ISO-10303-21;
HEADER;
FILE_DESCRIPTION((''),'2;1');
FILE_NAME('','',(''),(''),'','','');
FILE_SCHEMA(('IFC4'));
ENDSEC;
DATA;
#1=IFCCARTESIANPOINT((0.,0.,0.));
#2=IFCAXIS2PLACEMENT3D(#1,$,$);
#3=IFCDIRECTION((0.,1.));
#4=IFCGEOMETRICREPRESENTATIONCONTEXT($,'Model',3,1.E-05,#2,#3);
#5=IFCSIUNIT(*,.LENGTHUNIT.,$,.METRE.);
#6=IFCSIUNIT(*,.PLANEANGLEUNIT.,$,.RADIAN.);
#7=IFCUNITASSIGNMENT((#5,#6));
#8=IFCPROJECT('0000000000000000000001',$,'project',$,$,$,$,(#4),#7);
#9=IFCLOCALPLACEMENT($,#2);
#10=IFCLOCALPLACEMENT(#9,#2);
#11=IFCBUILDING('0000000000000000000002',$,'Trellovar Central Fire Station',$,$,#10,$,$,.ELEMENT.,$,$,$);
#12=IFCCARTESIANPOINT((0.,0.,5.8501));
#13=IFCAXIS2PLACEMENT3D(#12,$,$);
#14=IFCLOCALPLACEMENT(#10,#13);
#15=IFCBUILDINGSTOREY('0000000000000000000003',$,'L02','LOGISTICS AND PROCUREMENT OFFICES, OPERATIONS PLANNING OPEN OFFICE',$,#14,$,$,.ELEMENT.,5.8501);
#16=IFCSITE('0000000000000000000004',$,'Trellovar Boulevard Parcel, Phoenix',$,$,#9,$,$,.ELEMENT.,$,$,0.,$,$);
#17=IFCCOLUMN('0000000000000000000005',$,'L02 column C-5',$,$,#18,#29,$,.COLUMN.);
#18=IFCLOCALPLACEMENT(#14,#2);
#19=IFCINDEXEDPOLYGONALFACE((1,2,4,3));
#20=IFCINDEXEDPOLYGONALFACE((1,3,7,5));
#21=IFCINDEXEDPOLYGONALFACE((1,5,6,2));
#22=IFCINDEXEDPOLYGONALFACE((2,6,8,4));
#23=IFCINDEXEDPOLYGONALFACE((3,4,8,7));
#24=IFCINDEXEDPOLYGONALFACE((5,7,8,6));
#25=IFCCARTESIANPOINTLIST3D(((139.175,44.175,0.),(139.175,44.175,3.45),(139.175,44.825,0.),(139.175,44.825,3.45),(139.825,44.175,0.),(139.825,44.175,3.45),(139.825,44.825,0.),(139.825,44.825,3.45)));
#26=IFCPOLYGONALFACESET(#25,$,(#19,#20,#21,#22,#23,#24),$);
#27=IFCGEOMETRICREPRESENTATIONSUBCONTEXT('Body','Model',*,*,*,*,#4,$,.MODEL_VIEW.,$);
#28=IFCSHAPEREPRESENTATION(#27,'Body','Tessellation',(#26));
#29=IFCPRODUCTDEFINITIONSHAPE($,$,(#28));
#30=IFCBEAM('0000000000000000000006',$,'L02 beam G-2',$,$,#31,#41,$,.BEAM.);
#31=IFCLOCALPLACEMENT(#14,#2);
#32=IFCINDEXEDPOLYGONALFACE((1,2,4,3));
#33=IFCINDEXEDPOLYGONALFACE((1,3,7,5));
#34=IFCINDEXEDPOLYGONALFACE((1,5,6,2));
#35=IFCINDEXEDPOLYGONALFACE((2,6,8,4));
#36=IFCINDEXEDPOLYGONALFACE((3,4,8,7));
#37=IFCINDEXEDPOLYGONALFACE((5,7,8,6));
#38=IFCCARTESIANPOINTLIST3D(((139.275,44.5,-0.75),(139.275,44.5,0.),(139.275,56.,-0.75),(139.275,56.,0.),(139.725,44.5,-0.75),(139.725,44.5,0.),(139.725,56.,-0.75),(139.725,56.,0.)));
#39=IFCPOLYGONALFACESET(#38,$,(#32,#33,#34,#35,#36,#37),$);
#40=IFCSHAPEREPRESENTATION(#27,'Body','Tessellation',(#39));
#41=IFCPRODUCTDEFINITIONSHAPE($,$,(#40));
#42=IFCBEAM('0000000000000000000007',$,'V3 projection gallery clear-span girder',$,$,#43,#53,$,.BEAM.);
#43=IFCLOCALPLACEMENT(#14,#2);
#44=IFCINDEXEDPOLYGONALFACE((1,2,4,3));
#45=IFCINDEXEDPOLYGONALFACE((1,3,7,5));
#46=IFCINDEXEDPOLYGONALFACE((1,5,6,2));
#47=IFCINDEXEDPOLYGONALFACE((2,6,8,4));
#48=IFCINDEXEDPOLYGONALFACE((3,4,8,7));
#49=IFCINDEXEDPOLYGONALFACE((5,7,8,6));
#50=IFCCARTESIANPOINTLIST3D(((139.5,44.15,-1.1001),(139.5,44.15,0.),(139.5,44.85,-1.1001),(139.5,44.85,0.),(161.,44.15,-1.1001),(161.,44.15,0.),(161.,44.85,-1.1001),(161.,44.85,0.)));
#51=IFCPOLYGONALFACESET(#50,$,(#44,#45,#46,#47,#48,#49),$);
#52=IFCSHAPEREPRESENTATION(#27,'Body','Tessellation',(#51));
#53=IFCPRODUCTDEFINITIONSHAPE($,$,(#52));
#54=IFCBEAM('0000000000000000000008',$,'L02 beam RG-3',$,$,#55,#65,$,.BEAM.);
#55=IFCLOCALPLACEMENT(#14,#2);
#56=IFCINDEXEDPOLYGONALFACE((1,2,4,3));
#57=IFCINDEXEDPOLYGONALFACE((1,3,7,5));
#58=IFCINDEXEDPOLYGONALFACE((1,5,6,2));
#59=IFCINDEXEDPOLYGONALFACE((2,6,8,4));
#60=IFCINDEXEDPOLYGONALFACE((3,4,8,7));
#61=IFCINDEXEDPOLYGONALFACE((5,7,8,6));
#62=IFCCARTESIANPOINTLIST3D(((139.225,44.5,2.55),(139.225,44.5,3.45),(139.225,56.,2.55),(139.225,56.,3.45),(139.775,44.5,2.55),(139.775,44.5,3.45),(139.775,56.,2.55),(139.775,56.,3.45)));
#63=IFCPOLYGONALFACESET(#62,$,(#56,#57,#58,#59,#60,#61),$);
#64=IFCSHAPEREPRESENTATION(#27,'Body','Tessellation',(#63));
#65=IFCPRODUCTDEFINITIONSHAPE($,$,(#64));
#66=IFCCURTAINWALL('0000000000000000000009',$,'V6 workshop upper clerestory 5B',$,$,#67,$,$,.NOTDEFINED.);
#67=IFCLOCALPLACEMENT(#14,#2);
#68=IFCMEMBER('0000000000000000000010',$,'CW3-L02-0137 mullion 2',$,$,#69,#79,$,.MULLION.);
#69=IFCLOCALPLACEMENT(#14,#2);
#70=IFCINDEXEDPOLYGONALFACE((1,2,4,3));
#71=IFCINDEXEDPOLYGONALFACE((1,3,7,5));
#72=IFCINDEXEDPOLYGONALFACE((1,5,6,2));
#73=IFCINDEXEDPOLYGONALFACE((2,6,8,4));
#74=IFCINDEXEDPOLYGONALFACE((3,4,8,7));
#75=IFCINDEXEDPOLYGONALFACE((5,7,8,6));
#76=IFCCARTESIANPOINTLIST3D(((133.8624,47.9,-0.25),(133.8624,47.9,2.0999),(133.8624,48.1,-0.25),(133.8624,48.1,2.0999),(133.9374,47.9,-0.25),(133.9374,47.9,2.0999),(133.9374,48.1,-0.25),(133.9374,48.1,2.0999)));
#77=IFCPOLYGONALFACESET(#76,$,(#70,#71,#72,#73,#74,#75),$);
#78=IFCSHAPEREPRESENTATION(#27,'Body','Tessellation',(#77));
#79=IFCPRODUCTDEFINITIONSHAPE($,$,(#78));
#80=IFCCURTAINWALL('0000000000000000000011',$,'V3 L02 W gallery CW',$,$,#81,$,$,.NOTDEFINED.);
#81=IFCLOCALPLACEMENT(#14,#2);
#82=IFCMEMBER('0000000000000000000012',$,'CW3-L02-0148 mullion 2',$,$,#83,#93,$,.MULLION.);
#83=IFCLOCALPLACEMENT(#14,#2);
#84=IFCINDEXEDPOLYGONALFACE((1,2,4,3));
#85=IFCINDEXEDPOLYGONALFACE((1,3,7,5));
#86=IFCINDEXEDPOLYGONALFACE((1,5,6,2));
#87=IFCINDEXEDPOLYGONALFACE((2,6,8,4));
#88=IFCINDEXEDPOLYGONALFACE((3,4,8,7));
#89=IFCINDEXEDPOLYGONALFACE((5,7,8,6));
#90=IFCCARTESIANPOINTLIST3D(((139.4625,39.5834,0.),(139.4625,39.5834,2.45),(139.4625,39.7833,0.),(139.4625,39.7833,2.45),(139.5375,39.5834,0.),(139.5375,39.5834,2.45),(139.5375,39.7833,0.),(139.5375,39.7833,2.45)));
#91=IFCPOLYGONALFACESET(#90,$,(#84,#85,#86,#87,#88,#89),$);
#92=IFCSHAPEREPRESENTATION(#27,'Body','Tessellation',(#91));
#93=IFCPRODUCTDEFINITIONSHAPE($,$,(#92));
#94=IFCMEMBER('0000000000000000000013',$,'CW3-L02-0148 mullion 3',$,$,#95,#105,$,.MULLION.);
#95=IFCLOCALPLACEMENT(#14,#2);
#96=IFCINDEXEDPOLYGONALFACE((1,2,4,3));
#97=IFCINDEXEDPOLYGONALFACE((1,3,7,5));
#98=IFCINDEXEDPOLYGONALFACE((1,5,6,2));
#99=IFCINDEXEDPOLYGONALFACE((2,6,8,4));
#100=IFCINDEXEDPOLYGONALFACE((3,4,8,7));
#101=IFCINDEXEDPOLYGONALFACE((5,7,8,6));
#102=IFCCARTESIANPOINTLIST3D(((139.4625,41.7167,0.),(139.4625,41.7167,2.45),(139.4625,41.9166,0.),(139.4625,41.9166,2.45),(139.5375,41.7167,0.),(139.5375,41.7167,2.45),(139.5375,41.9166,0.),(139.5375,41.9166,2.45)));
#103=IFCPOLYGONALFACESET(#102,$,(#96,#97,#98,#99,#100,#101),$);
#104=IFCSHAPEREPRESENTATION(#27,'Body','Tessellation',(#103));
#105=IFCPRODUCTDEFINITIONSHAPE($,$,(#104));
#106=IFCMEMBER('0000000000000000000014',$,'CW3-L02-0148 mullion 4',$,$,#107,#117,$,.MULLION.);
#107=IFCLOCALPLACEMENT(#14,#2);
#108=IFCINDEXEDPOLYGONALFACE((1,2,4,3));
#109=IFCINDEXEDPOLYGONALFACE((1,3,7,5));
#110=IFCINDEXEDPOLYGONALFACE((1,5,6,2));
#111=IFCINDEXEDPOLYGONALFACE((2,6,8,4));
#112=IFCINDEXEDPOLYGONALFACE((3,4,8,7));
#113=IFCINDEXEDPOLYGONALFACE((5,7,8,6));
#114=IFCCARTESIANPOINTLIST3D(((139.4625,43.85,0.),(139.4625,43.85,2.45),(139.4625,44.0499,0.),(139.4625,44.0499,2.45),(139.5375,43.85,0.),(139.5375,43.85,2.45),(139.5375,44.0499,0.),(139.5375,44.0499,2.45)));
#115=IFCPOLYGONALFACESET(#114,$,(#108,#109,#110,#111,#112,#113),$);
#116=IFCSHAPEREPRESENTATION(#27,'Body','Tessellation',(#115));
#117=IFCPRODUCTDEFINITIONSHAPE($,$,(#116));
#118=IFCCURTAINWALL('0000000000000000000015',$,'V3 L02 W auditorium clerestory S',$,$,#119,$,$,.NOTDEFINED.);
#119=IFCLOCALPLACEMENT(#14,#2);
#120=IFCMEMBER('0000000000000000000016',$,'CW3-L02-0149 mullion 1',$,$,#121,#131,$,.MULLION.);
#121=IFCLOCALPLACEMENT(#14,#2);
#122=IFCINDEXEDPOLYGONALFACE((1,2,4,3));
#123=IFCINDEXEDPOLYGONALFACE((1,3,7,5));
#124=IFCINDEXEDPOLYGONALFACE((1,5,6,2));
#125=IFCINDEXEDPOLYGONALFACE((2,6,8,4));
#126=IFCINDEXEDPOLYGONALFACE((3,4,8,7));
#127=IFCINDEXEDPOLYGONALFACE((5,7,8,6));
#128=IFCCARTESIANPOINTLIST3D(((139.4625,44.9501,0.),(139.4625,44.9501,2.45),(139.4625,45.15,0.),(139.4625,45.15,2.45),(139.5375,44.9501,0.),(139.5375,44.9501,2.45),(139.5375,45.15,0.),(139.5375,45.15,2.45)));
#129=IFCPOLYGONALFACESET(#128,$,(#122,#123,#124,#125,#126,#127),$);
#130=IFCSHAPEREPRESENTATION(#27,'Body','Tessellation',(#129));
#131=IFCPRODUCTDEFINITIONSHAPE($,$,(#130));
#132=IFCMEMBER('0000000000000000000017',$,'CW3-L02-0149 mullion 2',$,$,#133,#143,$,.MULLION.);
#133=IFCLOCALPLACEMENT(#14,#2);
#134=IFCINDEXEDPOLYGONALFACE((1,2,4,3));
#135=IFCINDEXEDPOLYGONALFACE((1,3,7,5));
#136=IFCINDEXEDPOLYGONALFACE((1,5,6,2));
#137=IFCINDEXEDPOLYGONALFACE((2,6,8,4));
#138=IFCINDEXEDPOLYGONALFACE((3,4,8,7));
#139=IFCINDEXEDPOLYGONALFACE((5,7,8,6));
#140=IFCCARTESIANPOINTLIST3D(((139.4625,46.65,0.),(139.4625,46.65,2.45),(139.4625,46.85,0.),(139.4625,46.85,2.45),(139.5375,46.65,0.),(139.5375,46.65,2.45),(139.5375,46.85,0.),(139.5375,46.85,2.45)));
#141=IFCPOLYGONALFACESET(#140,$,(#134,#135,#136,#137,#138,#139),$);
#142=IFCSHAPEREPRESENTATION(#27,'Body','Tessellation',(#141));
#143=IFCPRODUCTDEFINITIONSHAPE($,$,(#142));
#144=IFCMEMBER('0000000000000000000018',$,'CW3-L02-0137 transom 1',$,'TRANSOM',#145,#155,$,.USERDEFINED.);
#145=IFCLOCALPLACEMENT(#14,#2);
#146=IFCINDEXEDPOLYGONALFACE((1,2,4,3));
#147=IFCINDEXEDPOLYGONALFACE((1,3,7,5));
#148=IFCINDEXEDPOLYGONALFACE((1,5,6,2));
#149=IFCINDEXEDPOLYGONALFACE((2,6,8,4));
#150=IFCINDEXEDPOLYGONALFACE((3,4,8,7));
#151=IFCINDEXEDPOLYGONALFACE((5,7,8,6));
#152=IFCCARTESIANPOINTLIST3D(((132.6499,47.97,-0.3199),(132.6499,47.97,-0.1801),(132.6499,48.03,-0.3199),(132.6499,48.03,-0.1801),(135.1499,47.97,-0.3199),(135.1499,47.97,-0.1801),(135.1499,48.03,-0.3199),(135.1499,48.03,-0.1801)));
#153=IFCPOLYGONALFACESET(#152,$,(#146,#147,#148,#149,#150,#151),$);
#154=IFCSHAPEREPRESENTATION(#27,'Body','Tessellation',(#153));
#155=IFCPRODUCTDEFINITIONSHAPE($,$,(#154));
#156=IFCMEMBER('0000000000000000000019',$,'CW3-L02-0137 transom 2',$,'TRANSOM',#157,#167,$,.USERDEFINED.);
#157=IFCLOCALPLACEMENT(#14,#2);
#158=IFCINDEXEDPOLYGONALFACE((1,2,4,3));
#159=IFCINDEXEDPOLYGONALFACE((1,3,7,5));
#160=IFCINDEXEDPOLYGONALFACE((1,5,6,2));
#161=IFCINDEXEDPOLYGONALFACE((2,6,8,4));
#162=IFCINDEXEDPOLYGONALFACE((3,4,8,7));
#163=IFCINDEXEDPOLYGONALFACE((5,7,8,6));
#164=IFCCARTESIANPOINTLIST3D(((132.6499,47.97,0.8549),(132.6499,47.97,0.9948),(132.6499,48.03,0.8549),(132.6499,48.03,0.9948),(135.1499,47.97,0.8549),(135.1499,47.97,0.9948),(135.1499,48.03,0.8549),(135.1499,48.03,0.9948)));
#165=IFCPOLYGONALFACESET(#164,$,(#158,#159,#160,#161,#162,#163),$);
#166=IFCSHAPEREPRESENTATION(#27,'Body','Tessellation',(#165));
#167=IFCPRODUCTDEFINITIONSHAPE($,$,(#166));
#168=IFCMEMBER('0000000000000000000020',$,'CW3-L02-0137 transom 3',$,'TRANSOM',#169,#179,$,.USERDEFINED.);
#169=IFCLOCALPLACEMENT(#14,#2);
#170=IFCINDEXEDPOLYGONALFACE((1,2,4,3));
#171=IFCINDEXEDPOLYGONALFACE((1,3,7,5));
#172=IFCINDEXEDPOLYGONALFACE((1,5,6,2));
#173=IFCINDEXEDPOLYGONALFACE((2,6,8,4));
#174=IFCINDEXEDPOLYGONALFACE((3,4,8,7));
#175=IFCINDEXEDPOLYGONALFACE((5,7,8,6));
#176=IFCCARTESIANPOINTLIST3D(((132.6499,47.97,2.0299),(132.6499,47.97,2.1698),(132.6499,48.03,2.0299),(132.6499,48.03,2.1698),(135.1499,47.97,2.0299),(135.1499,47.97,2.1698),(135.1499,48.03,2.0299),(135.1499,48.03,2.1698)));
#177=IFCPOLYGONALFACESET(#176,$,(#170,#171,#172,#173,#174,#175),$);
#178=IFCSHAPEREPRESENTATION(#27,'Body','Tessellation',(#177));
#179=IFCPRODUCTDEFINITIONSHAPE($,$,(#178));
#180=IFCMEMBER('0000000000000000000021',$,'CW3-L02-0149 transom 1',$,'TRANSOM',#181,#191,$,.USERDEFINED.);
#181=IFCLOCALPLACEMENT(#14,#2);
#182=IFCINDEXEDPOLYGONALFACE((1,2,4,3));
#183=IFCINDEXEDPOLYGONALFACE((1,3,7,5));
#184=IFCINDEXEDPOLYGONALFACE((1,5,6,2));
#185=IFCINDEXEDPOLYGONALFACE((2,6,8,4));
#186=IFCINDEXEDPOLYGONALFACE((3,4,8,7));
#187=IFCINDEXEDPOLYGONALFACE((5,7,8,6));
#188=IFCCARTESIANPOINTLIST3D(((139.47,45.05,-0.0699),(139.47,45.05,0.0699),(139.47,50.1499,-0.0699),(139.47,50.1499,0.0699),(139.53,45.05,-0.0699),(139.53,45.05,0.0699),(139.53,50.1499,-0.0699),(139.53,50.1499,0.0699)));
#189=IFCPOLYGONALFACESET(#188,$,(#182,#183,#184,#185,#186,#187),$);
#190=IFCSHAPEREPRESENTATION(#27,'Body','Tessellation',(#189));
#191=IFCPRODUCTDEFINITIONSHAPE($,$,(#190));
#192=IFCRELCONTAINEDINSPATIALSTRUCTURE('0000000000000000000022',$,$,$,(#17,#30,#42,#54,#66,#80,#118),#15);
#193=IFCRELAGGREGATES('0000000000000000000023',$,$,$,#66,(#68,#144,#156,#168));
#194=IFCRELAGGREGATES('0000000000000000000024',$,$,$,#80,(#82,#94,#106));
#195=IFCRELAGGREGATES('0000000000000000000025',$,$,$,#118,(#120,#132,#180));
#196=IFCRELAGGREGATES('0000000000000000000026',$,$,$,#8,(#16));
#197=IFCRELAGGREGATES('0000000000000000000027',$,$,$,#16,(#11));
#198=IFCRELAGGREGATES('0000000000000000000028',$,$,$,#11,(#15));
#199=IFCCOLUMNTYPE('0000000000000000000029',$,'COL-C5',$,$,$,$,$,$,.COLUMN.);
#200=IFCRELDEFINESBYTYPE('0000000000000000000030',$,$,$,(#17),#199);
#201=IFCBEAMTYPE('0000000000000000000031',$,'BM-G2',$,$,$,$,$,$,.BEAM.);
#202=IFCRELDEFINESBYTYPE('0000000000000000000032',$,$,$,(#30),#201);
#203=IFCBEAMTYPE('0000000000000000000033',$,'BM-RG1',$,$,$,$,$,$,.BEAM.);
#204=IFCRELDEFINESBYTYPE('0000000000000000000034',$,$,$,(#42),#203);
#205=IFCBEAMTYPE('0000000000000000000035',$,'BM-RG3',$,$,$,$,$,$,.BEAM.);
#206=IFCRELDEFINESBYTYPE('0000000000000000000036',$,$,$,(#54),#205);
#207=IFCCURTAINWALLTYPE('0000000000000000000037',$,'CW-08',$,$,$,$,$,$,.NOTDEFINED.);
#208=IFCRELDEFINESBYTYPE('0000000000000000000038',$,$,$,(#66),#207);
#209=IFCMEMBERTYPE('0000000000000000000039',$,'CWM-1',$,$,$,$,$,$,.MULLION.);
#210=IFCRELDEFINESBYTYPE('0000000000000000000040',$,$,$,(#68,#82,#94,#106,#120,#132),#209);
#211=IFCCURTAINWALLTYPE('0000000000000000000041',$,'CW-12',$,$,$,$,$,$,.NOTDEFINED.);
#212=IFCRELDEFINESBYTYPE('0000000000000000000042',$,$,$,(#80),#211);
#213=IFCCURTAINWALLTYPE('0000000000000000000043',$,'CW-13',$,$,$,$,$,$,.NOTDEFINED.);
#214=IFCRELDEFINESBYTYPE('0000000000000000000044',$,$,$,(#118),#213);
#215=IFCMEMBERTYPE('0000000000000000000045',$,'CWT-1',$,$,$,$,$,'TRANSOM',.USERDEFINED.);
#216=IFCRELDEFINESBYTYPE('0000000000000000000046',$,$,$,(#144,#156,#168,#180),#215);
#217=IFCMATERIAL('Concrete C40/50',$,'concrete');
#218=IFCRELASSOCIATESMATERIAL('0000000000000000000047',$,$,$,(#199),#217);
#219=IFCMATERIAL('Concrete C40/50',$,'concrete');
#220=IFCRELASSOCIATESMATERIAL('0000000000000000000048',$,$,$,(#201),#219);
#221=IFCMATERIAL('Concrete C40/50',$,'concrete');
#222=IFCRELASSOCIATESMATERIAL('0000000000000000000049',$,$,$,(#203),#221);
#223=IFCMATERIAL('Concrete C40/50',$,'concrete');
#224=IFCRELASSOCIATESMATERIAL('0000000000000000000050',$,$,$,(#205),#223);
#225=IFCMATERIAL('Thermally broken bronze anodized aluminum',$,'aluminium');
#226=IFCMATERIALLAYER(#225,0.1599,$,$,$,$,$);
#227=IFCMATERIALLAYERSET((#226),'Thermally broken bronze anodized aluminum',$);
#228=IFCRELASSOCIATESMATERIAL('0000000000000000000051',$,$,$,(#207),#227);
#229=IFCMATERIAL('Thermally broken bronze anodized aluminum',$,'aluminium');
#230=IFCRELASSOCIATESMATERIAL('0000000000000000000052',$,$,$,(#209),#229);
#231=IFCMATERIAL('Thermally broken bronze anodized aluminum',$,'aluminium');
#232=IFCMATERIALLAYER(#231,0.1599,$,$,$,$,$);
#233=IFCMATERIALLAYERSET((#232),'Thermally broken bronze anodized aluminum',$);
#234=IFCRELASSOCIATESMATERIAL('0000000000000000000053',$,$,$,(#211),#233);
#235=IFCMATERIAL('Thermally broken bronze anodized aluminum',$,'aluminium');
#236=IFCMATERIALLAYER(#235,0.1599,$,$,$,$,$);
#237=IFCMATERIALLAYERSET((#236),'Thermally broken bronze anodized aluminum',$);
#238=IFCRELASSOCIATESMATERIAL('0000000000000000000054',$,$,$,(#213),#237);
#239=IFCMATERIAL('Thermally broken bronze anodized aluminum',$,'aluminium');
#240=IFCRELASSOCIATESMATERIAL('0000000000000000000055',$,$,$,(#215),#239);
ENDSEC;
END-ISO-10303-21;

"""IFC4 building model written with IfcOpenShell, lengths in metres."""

from ifc_helpers import new_model, si_unit, direction, frame, origin, origin_2d, place, context, subcontext, project, spatial, rectangle, extrude, material, layer, layer_set, material_profile, profile_set, type_object, element, aggregate, save


model = new_model("IFC4")

# Units and contexts
model_context = context("Model", 3, precision=1e-05, world=origin(), true_north=direction((0.0, 1.0)))
body_context = subcontext(model_context, "Body", "Model", "MODEL_VIEW")
ifc_project = project(units=[si_unit("LENGTHUNIT", "METRE"), si_unit("PLANEANGLEUNIT", "RADIAN")], contexts=[model_context])

# Site, building, storey
site_placement = place(None, origin())
site = spatial("IfcSite", under=ifc_project, at=site_placement, Name="Trellovar Boulevard Parcel, Phoenix", CompositionType="ELEMENT", RefElevation=0.0)
building_placement = place(site_placement, origin())
building = spatial("IfcBuilding", under=site, at=building_placement, Name="Trellovar Central Fire Station", CompositionType="ELEMENT")
storey_placement = place(building_placement, frame((0.0, 0.0, 5.8501)))
storey = spatial("IfcBuildingStorey", under=building, at=storey_placement, Name="L02", Description="LOGISTICS AND PROCUREMENT OFFICES, OPERATIONS PLANNING OPEN OFFICE", CompositionType="ELEMENT", Elevation=5.8501)

# Column
ifc_material_1 = material(Name="Concrete C40/50", Category="concrete")
ifc_material_profile_1 = material_profile(ifc_material_1, rectangle(XDim=0.6499, YDim=0.6499, at=origin_2d()), Name="RC650X650")
ifc_profile_set_1 = profile_set([ifc_material_profile_1], Name="Concrete C40/50")
column_type = type_object("IfcColumnType", Name="COL-C5", PredefinedType="COLUMN", material=ifc_profile_set_1)
column_placement = place(storey_placement, frame((139.5, 44.5, 0.0), z_axis=(0.0, 0.0, 1.0), x_axis=(1.0, 0.0, 0.0)))
element("IfcColumn", 1, at=column_placement, inside=storey, type_object=column_type, Name="L02 column C-5", PredefinedType="COLUMN", context=body_context, shape_type="SweptSolid", body=[
    extrude(rectangle(XDim=0.6499, YDim=0.6499, at=origin_2d()), origin(), (0.0, 0.0, 1.0), 3.45),
])

# Beams
ifc_material_2 = material(Name="Concrete C40/50", Category="concrete")
ifc_material_profile_2 = material_profile(ifc_material_2, rectangle(XDim=0.45, YDim=0.75, at=origin_2d()), Name="RC450X750")
ifc_profile_set_2 = profile_set([ifc_material_profile_2], Name="Concrete C40/50")
beam_type_1 = type_object("IfcBeamType", Name="BM-G2", PredefinedType="BEAM", material=ifc_profile_set_2)
beam_1_placement = place(storey_placement, frame((139.5, 44.5, -0.375), z_axis=(0.0, 1.0, 0.0), x_axis=(-1.0, 0.0, 0.0)))
element("IfcBeam", 2, at=beam_1_placement, inside=storey, type_object=beam_type_1, Name="L02 beam G-2", PredefinedType="BEAM", context=body_context, shape_type="SweptSolid", body=[
    extrude(rectangle(XDim=0.45, YDim=0.75, at=origin_2d()), origin(), (0.0, 0.0, 1.0), 11.5),
])
ifc_material_3 = material(Name="Concrete C40/50", Category="concrete")
ifc_material_profile_3 = material_profile(ifc_material_3, rectangle(XDim=0.7, YDim=1.1001, at=origin_2d()), Name="RC700X1100")
ifc_profile_set_3 = profile_set([ifc_material_profile_3], Name="Concrete C40/50")
beam_type_2 = type_object("IfcBeamType", Name="BM-RG1", PredefinedType="BEAM", material=ifc_profile_set_3)
beam_2_placement = place(storey_placement, frame((139.5, 44.5, -0.55), z_axis=(1.0, 0.0, 0.0), x_axis=(0.0, 1.0, 0.0)))
element("IfcBeam", 3, at=beam_2_placement, inside=storey, type_object=beam_type_2, Name="V3 projection gallery clear-span girder", PredefinedType="BEAM", context=body_context, shape_type="SweptSolid", body=[
    extrude(rectangle(XDim=0.7, YDim=1.1001, at=origin_2d()), origin(), (0.0, 0.0, 1.0), 21.5),
])
ifc_material_4 = material(Name="Concrete C40/50", Category="concrete")
ifc_material_profile_4 = material_profile(ifc_material_4, rectangle(XDim=0.55, YDim=0.8999, at=origin_2d()), Name="RC550X900")
ifc_profile_set_4 = profile_set([ifc_material_profile_4], Name="Concrete C40/50")
beam_type_3 = type_object("IfcBeamType", Name="BM-RG3", PredefinedType="BEAM", material=ifc_profile_set_4)
beam_3_placement = place(storey_placement, frame((139.5, 44.5, 3.0), z_axis=(0.0, 1.0, 0.0), x_axis=(-1.0, 0.0, 0.0)))
element("IfcBeam", 4, at=beam_3_placement, inside=storey, type_object=beam_type_3, Name="L02 beam RG-3", PredefinedType="BEAM", context=body_context, shape_type="SweptSolid", body=[
    extrude(rectangle(XDim=0.55, YDim=0.8999, at=origin_2d()), origin(), (0.0, 0.0, 1.0), 11.5),
])

# Curtain wall, member
ifc_material_5 = material(Name="Thermally broken bronze anodized aluminum", Category="aluminium")
ifc_layer_1 = layer(ifc_material_5, 0.1599)
ifc_layer_set_1 = layer_set([ifc_layer_1], Name="Thermally broken bronze anodized aluminum")
curtain_wall_type_1 = type_object("IfcCurtainWallType", Name="CW-08", PredefinedType="NOTDEFINED", material=ifc_layer_set_1)
curtain_wall_1_placement = place(storey_placement, origin())
curtain_wall_1 = element("IfcCurtainWall", 5, at=curtain_wall_1_placement, inside=storey, type_object=curtain_wall_type_1, Name="V6 workshop upper clerestory 5B", PredefinedType="NOTDEFINED")
ifc_material_6 = material(Name="Thermally broken bronze anodized aluminum", Category="aluminium")
ifc_material_profile_5 = material_profile(ifc_material_6, rectangle(XDim=0.075, YDim=0.2, at=origin_2d()), Name="ALU75X200")
ifc_profile_set_5 = profile_set([ifc_material_profile_5], Name="Thermally broken bronze anodized aluminum")
member_type_1 = type_object("IfcMemberType", Name="CWM-1", PredefinedType="MULLION", material=ifc_profile_set_5)
member_1_placement = place(storey_placement, frame((133.8999, 48.0, -0.25), z_axis=(0.0, 0.0, 1.0), x_axis=(1.0, 0.0, 0.0)))
member_1 = element("IfcMember", 6, at=member_1_placement, type_object=member_type_1, Name="CW3-L02-0137 mullion 2", PredefinedType="MULLION", context=body_context, shape_type="SweptSolid", body=[
    extrude(rectangle(XDim=0.075, YDim=0.2, at=origin_2d()), origin(), (0.0, 0.0, 1.0), 2.3499),
])

# Curtain walls, members
ifc_material_7 = material(Name="Thermally broken bronze anodized aluminum", Category="aluminium")
ifc_layer_2 = layer(ifc_material_7, 0.1599)
ifc_layer_set_2 = layer_set([ifc_layer_2], Name="Thermally broken bronze anodized aluminum")
curtain_wall_type_2 = type_object("IfcCurtainWallType", Name="CW-12", PredefinedType="NOTDEFINED", material=ifc_layer_set_2)
curtain_wall_2_placement = place(storey_placement, origin())
curtain_wall_2 = element("IfcCurtainWall", 7, at=curtain_wall_2_placement, inside=storey, type_object=curtain_wall_type_2, Name="V3 L02 W gallery CW", PredefinedType="NOTDEFINED")
member_2_placement = place(storey_placement, frame((139.5, 39.6833, 0.0), z_axis=(0.0, 0.0, 1.0), x_axis=(1.0, 0.0, 0.0)))
member_2 = element("IfcMember", 8, at=member_2_placement, type_object=member_type_1, Name="CW3-L02-0148 mullion 2", PredefinedType="MULLION", context=body_context, shape_type="SweptSolid", body=[
    extrude(rectangle(XDim=0.075, YDim=0.2, at=origin_2d()), origin(), (0.0, 0.0, 1.0), 2.45),
])
member_3_placement = place(storey_placement, frame((139.5, 41.8167, 0.0), z_axis=(0.0, 0.0, 1.0), x_axis=(1.0, 0.0, 0.0)))
member_3 = element("IfcMember", 9, at=member_3_placement, type_object=member_type_1, Name="CW3-L02-0148 mullion 3", PredefinedType="MULLION", context=body_context, shape_type="SweptSolid", body=[
    extrude(rectangle(XDim=0.075, YDim=0.2, at=origin_2d()), origin(), (0.0, 0.0, 1.0), 2.45),
])
member_4_placement = place(storey_placement, frame((139.5, 43.95, 0.0), z_axis=(0.0, 0.0, 1.0), x_axis=(1.0, 0.0, 0.0)))
member_4 = element("IfcMember", 10, at=member_4_placement, type_object=member_type_1, Name="CW3-L02-0148 mullion 4", PredefinedType="MULLION", context=body_context, shape_type="SweptSolid", body=[
    extrude(rectangle(XDim=0.075, YDim=0.2, at=origin_2d()), origin(), (0.0, 0.0, 1.0), 2.45),
])
ifc_material_8 = material(Name="Thermally broken bronze anodized aluminum", Category="aluminium")
ifc_layer_3 = layer(ifc_material_8, 0.1599)
ifc_layer_set_3 = layer_set([ifc_layer_3], Name="Thermally broken bronze anodized aluminum")
curtain_wall_type_3 = type_object("IfcCurtainWallType", Name="CW-13", PredefinedType="NOTDEFINED", material=ifc_layer_set_3)
curtain_wall_3_placement = place(storey_placement, origin())
curtain_wall_3 = element("IfcCurtainWall", 11, at=curtain_wall_3_placement, inside=storey, type_object=curtain_wall_type_3, Name="V3 L02 W auditorium clerestory S", PredefinedType="NOTDEFINED")
member_5_placement = place(storey_placement, frame((139.5, 45.05, 0.0), z_axis=(0.0, 0.0, 1.0), x_axis=(1.0, 0.0, 0.0)))
member_5 = element("IfcMember", 12, at=member_5_placement, type_object=member_type_1, Name="CW3-L02-0149 mullion 1", PredefinedType="MULLION", context=body_context, shape_type="SweptSolid", body=[
    extrude(rectangle(XDim=0.075, YDim=0.2, at=origin_2d()), origin(), (0.0, 0.0, 1.0), 2.45),
])
member_6_placement = place(storey_placement, frame((139.5, 46.75, 0.0), z_axis=(0.0, 0.0, 1.0), x_axis=(1.0, 0.0, 0.0)))
member_6 = element("IfcMember", 13, at=member_6_placement, type_object=member_type_1, Name="CW3-L02-0149 mullion 2", PredefinedType="MULLION", context=body_context, shape_type="SweptSolid", body=[
    extrude(rectangle(XDim=0.075, YDim=0.2, at=origin_2d()), origin(), (0.0, 0.0, 1.0), 2.45),
])

# Members
ifc_material_9 = material(Name="Thermally broken bronze anodized aluminum", Category="aluminium")
ifc_material_profile_6 = material_profile(ifc_material_9, rectangle(XDim=0.0601, YDim=0.1399, at=origin_2d()), Name="ALU60X140")
ifc_profile_set_6 = profile_set([ifc_material_profile_6], Name="Thermally broken bronze anodized aluminum")
member_type_2 = type_object("IfcMemberType", Name="CWT-1", ElementType="TRANSOM", PredefinedType="USERDEFINED", material=ifc_profile_set_6)
member_7_placement = place(storey_placement, frame((132.6499, 48.0, -0.25), z_axis=(1.0, 0.0, 0.0), x_axis=(0.0, 1.0, 0.0)))
member_7 = element("IfcMember", 14, at=member_7_placement, type_object=member_type_2, Name="CW3-L02-0137 transom 1", ObjectType="TRANSOM", PredefinedType="USERDEFINED", context=body_context, shape_type="SweptSolid", body=[
    extrude(rectangle(XDim=0.0601, YDim=0.1399, at=origin_2d()), origin(), (0.0, 0.0, 1.0), 2.5),
])
member_8_placement = place(storey_placement, frame((132.6499, 48.0, 0.9248), z_axis=(1.0, 0.0, 0.0), x_axis=(0.0, 1.0, 0.0)))
member_8 = element("IfcMember", 15, at=member_8_placement, type_object=member_type_2, Name="CW3-L02-0137 transom 2", ObjectType="TRANSOM", PredefinedType="USERDEFINED", context=body_context, shape_type="SweptSolid", body=[
    extrude(rectangle(XDim=0.0601, YDim=0.1399, at=origin_2d()), origin(), (0.0, 0.0, 1.0), 2.5),
])
member_9_placement = place(storey_placement, frame((132.6499, 48.0, 2.0999), z_axis=(1.0, 0.0, 0.0), x_axis=(0.0, 1.0, 0.0)))
member_9 = element("IfcMember", 16, at=member_9_placement, type_object=member_type_2, Name="CW3-L02-0137 transom 3", ObjectType="TRANSOM", PredefinedType="USERDEFINED", context=body_context, shape_type="SweptSolid", body=[
    extrude(rectangle(XDim=0.0601, YDim=0.1399, at=origin_2d()), origin(), (0.0, 0.0, 1.0), 2.5),
])
member_10_placement = place(storey_placement, frame((139.5, 45.05, 0.0), z_axis=(0.0, 1.0, 0.0), x_axis=(-1.0, 0.0, 0.0)))
member_10 = element("IfcMember", 17, at=member_10_placement, type_object=member_type_2, Name="CW3-L02-0149 transom 1", ObjectType="TRANSOM", PredefinedType="USERDEFINED", context=body_context, shape_type="SweptSolid", body=[
    extrude(rectangle(XDim=0.0601, YDim=0.1399, at=origin_2d()), origin(), (0.0, 0.0, 1.0), 5.0999),
])

aggregate(curtain_wall_1, [member_1, member_7, member_8, member_9])
aggregate(curtain_wall_2, [member_2, member_3, member_4])
aggregate(curtain_wall_3, [member_5, member_6, member_10])

save(model, "model.ifc")
